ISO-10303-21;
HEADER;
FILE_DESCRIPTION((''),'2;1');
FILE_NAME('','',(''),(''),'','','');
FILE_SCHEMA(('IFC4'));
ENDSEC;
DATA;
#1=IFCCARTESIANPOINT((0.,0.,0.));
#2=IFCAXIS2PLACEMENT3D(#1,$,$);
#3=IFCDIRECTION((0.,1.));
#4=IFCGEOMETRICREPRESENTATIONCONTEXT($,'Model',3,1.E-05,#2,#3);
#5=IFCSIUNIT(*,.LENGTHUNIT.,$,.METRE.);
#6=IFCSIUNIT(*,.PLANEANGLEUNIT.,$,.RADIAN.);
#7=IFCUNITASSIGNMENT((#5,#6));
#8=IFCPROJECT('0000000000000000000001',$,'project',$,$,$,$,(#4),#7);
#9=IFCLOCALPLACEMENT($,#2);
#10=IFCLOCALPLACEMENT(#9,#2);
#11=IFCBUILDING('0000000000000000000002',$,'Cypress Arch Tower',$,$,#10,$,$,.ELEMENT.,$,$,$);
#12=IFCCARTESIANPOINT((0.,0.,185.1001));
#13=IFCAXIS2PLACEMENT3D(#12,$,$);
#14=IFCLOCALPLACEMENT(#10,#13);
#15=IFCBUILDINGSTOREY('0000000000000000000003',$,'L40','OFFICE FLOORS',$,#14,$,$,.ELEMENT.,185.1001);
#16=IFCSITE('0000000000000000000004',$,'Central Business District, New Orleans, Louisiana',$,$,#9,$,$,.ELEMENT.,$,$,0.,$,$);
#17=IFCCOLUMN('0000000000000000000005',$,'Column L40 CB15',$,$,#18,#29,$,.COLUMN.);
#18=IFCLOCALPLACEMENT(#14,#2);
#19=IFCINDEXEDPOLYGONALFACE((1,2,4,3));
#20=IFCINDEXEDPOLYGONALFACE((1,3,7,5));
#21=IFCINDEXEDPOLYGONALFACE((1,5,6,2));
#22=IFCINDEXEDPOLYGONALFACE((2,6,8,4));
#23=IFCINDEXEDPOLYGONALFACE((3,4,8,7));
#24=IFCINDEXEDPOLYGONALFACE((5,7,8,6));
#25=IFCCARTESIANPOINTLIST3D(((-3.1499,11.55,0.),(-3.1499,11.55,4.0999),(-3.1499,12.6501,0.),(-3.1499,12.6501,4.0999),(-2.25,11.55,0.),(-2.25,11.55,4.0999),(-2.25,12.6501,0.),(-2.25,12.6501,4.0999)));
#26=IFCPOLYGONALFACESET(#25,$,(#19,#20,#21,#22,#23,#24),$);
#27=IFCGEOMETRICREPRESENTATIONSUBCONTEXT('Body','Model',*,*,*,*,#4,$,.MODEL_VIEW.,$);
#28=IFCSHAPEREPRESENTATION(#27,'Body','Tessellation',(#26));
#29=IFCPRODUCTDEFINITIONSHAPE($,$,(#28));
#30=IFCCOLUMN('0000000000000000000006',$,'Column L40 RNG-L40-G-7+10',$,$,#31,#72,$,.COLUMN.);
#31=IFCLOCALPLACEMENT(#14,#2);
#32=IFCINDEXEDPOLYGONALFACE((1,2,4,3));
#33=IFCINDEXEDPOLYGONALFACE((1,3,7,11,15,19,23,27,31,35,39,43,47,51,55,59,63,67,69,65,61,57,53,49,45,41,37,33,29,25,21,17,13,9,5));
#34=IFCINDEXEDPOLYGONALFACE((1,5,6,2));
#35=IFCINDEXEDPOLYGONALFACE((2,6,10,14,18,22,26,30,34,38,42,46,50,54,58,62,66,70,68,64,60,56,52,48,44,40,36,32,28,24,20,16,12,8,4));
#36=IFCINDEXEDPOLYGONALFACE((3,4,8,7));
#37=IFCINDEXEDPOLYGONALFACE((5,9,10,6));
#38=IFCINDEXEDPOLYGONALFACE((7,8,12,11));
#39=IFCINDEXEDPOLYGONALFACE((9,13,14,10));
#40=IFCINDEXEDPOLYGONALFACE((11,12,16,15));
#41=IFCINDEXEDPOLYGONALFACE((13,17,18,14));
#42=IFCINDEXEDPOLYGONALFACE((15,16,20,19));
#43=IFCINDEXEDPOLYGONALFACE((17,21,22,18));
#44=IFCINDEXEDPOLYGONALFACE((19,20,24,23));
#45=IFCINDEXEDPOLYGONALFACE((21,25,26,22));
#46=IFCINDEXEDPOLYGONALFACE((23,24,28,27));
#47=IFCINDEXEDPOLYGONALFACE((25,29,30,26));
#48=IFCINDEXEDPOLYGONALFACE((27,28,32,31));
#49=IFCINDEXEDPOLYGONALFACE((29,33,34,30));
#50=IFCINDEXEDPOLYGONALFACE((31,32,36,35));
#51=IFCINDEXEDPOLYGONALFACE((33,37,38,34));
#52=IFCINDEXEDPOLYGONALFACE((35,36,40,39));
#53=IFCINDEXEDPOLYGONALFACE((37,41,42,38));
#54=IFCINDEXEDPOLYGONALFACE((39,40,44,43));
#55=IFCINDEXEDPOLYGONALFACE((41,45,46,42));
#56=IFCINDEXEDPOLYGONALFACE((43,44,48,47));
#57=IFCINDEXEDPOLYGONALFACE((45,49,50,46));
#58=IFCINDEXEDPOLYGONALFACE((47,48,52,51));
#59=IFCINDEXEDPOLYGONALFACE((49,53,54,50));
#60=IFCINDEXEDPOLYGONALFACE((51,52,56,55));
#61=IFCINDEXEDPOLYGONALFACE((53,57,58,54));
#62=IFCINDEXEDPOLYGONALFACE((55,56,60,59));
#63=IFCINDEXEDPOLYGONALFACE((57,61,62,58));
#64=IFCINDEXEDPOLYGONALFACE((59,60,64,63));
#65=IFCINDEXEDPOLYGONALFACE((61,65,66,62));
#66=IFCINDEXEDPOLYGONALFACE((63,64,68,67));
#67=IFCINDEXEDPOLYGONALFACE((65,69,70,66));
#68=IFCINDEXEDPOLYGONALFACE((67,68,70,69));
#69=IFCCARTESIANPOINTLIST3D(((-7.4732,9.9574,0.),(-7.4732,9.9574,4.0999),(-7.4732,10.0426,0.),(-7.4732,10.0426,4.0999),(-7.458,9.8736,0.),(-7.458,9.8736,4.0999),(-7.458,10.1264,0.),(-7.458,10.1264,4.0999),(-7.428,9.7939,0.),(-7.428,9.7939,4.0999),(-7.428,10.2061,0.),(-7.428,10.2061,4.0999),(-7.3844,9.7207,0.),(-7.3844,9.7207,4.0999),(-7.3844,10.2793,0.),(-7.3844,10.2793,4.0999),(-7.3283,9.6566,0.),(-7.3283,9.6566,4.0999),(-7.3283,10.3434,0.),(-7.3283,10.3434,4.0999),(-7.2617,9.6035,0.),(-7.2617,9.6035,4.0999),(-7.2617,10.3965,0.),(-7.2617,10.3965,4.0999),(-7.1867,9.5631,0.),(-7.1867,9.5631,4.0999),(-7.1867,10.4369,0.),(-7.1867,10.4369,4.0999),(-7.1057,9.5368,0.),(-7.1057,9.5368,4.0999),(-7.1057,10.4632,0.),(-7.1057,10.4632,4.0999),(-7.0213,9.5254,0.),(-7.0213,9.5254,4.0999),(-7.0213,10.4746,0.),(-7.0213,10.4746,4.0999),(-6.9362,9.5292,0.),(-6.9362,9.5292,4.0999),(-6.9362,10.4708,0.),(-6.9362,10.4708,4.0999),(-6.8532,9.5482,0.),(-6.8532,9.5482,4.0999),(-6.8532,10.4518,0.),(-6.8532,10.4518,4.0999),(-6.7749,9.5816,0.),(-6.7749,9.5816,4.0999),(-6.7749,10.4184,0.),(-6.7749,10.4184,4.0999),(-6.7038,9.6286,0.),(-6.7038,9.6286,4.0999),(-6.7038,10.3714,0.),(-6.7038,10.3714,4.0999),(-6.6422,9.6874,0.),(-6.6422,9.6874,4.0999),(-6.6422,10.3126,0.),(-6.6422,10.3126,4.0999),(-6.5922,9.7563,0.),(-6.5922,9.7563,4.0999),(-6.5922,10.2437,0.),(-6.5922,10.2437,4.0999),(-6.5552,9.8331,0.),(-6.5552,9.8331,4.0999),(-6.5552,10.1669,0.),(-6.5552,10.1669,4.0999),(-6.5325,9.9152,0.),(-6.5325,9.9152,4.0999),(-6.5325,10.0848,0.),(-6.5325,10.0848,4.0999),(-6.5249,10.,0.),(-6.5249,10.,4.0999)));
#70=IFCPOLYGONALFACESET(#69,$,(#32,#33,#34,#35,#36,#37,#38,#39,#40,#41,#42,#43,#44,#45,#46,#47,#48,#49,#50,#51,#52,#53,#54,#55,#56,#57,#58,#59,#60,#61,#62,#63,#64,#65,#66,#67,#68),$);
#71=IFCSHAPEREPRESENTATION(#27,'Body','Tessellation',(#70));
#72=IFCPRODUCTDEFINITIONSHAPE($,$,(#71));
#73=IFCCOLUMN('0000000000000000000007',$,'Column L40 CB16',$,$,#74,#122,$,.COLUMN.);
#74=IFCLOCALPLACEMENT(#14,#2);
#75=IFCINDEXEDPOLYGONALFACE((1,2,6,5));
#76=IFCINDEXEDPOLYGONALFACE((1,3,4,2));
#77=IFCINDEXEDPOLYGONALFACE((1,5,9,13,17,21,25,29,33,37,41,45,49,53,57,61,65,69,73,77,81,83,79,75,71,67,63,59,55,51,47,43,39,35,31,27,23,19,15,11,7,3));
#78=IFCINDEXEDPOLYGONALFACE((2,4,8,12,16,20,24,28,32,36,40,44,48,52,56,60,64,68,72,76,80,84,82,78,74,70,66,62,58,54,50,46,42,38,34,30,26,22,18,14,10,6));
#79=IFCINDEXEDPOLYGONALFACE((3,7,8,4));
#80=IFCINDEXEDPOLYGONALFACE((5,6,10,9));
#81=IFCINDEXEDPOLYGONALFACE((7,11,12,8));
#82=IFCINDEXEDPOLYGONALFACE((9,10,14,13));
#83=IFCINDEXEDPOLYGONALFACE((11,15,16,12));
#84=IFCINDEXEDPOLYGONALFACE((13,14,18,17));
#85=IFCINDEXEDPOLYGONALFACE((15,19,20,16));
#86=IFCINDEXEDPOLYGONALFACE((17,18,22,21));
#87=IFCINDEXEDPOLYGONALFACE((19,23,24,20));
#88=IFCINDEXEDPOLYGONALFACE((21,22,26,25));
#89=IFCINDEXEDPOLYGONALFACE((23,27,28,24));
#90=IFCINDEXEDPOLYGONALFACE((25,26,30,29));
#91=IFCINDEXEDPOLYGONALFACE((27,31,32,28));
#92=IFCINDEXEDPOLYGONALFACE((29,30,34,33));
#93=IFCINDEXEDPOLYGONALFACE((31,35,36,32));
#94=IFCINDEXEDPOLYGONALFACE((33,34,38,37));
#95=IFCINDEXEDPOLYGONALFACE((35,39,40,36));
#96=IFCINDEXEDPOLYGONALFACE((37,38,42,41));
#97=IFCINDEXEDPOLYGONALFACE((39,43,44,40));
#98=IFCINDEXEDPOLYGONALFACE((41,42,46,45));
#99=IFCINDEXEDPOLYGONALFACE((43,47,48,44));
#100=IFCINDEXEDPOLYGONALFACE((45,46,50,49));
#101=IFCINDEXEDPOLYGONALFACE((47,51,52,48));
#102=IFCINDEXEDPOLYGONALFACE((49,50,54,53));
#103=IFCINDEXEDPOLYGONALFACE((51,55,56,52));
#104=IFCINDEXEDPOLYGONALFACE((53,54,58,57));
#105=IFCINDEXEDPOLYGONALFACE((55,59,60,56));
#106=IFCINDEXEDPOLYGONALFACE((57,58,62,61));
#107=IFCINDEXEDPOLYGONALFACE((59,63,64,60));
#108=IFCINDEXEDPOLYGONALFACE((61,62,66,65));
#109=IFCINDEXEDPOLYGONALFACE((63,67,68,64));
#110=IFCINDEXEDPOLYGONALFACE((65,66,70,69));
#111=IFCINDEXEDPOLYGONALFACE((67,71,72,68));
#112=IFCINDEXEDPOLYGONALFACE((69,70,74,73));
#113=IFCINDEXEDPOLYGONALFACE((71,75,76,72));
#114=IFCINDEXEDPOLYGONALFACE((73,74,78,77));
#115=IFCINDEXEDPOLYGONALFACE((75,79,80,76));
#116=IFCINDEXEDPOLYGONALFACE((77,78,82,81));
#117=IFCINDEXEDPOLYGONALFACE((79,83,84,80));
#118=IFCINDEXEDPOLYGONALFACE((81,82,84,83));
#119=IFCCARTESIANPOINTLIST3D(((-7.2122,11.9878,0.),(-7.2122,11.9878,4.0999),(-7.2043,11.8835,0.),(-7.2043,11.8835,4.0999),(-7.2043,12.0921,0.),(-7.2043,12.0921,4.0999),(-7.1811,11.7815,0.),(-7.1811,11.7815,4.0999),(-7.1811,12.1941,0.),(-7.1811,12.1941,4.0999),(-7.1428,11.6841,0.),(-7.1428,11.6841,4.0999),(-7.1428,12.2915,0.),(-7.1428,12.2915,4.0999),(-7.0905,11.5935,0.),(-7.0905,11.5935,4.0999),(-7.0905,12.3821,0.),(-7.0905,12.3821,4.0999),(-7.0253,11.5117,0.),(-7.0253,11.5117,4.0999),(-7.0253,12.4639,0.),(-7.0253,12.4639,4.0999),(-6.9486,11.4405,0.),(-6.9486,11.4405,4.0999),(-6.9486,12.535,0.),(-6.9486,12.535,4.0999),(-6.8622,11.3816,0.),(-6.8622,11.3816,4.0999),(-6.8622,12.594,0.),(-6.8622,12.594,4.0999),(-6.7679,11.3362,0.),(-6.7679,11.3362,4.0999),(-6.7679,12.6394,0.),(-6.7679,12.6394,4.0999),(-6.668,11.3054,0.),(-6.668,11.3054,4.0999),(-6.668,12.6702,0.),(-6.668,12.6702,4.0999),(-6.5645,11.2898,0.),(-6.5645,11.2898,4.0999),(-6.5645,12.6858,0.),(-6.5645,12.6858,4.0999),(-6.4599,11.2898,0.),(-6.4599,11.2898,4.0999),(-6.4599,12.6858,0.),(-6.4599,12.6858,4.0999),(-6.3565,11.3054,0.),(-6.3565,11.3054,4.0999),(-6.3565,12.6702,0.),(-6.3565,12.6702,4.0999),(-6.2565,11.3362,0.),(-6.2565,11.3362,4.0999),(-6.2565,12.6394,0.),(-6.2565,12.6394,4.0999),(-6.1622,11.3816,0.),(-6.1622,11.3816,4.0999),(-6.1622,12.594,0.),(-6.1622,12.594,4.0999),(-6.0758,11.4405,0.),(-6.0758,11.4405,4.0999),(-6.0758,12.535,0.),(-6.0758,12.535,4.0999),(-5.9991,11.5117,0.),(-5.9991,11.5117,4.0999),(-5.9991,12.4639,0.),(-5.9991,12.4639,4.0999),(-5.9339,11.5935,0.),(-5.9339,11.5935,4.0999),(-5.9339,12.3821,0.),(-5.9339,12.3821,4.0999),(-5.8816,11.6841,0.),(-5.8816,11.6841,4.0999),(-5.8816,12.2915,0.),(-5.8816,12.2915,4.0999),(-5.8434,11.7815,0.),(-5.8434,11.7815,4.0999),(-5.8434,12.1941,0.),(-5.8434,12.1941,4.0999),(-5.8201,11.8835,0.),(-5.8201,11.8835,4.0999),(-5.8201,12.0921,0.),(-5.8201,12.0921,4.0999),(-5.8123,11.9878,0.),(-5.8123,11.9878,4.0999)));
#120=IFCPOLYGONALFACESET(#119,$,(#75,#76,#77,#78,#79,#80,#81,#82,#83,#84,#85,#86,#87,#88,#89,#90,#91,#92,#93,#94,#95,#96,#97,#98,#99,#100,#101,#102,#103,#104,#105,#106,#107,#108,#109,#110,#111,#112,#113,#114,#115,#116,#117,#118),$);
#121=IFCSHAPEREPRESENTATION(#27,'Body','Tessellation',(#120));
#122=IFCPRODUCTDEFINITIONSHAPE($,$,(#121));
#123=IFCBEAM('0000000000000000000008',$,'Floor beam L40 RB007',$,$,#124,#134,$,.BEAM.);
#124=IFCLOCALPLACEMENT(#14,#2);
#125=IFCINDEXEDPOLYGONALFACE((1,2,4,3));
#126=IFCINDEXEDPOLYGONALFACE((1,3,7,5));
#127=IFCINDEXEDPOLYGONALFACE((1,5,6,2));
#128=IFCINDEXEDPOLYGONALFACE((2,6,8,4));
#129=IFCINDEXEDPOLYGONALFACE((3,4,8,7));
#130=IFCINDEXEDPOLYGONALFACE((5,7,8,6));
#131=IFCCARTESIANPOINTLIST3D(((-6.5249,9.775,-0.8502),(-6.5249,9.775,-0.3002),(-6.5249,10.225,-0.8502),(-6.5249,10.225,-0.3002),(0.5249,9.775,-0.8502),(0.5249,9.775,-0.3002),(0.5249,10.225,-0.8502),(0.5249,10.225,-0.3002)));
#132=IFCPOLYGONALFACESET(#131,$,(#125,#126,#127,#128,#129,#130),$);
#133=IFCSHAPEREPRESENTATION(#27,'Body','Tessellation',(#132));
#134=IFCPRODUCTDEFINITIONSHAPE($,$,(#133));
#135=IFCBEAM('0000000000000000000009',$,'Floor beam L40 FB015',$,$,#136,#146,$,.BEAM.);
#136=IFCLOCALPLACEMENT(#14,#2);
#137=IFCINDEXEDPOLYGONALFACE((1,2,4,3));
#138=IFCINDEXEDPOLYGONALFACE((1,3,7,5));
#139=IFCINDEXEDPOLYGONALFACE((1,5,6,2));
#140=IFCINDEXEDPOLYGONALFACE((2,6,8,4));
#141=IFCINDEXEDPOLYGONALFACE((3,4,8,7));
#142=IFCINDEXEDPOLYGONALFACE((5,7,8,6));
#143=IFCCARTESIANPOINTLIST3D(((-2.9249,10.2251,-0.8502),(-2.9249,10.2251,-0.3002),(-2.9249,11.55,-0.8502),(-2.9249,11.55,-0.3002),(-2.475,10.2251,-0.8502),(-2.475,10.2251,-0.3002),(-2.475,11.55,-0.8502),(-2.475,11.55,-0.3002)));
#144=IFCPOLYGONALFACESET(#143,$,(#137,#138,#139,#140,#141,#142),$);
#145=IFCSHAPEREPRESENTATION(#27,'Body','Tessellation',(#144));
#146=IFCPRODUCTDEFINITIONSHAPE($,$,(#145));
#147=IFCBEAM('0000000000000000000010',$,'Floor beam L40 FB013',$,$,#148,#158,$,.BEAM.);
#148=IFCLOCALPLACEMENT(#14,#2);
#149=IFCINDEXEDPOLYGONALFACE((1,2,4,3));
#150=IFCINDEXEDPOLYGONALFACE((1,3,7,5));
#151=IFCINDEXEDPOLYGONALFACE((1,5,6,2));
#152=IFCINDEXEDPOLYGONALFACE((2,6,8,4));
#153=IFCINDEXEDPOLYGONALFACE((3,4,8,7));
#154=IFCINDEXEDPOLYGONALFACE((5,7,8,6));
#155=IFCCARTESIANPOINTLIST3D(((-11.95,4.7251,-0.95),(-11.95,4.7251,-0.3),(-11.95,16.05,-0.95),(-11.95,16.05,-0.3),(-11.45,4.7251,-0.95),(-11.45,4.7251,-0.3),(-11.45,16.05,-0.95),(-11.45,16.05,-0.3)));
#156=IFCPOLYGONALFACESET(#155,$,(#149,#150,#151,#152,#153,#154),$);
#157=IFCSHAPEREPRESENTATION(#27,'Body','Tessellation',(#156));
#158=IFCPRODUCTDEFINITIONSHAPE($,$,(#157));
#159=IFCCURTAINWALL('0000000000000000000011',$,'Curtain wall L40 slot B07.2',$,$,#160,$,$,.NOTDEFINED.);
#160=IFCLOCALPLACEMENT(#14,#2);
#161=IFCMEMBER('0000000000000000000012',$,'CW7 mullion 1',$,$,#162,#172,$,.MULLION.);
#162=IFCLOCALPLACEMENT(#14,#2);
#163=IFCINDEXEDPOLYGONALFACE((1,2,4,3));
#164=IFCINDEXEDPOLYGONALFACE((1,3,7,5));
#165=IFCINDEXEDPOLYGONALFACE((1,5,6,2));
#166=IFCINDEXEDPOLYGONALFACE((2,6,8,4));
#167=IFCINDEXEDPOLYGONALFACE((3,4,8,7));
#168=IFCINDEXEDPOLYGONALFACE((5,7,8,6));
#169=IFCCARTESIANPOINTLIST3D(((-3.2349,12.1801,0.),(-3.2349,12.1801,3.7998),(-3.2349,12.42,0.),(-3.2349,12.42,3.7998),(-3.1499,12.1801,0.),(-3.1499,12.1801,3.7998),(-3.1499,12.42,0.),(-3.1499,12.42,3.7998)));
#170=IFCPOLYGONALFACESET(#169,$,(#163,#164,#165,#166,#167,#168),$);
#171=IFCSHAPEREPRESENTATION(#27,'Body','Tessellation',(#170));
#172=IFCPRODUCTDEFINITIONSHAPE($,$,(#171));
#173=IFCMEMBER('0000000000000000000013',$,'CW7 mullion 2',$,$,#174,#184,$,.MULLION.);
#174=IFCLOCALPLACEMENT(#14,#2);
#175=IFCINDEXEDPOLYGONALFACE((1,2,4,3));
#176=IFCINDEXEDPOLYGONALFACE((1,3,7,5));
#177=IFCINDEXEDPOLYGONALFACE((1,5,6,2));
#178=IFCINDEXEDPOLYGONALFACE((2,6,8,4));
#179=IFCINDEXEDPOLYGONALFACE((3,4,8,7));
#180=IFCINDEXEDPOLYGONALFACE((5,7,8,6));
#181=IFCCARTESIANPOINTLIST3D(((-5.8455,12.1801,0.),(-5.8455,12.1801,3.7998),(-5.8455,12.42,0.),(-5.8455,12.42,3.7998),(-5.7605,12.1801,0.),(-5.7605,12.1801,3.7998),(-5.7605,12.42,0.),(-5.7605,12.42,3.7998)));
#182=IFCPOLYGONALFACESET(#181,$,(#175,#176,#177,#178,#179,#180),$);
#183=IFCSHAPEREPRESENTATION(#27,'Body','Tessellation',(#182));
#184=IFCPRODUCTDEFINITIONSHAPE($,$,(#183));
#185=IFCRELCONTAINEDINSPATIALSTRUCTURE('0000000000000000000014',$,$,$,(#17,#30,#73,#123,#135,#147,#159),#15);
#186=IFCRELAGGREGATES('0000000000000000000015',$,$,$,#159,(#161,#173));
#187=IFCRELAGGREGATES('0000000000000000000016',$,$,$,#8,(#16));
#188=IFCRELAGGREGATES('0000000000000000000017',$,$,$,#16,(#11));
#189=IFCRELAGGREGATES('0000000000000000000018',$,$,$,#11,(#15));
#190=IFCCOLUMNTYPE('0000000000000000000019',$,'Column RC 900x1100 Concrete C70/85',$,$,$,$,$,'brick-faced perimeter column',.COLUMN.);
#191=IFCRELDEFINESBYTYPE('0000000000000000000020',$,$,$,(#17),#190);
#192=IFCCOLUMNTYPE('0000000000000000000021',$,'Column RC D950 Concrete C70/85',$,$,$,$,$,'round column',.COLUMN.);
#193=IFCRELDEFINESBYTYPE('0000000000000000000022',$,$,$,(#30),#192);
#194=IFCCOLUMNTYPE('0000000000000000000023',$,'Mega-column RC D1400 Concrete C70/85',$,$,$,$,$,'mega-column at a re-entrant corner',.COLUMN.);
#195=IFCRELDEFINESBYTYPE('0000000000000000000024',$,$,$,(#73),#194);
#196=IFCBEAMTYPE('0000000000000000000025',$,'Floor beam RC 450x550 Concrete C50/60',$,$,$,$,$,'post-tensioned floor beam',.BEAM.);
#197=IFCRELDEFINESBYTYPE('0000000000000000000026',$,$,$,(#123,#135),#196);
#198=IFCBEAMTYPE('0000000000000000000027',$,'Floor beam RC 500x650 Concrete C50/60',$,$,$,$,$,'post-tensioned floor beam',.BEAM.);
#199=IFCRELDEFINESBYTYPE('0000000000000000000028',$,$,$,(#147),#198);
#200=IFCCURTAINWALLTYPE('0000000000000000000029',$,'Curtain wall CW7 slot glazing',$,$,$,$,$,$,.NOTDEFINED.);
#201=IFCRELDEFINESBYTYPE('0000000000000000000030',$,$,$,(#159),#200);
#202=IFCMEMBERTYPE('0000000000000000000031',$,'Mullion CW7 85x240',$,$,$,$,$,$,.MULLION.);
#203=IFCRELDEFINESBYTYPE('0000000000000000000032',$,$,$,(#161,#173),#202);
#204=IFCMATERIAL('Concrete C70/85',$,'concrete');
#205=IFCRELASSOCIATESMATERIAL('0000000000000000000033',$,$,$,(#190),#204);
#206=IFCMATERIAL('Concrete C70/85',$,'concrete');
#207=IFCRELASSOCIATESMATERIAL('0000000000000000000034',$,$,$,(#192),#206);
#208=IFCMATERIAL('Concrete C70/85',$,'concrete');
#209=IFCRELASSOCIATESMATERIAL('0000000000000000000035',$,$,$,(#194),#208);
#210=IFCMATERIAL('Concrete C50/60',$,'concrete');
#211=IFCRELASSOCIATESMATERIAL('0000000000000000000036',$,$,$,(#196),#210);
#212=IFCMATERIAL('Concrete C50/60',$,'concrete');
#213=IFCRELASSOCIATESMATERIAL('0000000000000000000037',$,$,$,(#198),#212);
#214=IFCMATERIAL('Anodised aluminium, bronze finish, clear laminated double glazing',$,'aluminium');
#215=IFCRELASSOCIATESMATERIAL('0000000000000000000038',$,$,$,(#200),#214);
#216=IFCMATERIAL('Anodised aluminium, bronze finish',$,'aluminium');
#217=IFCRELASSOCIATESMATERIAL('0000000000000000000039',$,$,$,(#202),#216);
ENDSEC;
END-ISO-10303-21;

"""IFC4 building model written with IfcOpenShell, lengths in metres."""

from ifc_helpers import new_model, si_unit, direction, frame, origin, origin_2d, place, context, subcontext, project, spatial, rectangle, circle, extrude, material, material_profile, profile_set, type_object, element, aggregate, save


model = new_model("IFC4")

# Units and contexts
model_context = context("Model", 3, precision=1e-05, world=origin(), true_north=direction((0.0, 1.0)))
body_context = subcontext(model_context, "Body", "Model", "MODEL_VIEW")
ifc_project = project(units=[si_unit("LENGTHUNIT", "METRE"), si_unit("PLANEANGLEUNIT", "RADIAN")], contexts=[model_context])

# Site, building, storey
site_placement = place(None, origin())
site = spatial("IfcSite", under=ifc_project, at=site_placement, Name="Central Business District, New Orleans, Louisiana", CompositionType="ELEMENT", RefElevation=0.0)
building_placement = place(site_placement, origin())
building = spatial("IfcBuilding", under=site, at=building_placement, Name="Cypress Arch Tower", CompositionType="ELEMENT")
storey_placement = place(building_placement, frame((0.0, 0.0, 185.1001)))
storey = spatial("IfcBuildingStorey", under=building, at=storey_placement, Name="L40", Description="OFFICE FLOORS", CompositionType="ELEMENT", Elevation=185.1001)

# Columns
ifc_material_1 = material(Name="Concrete C70/85", Category="concrete")
ifc_material_profile_1 = material_profile(ifc_material_1, rectangle(XDim=0.8999, YDim=1.1001, at=origin_2d()), Name="RC 900x1100")
ifc_profile_set_1 = profile_set([ifc_material_profile_1], Name="Concrete C70/85")
column_type_1 = type_object("IfcColumnType", Name="Column RC 900x1100 Concrete C70/85", ElementType="brick-faced perimeter column", PredefinedType="COLUMN", material=ifc_profile_set_1)
column_1_placement = place(storey_placement, frame((-2.7, 12.1001, 0.0), z_axis=(0.0, 0.0, 1.0), x_axis=(-1.0, 0.0, 0.0)))
element("IfcColumn", 1, at=column_1_placement, inside=storey, type_object=column_type_1, Name="Column L40 CB15", PredefinedType="COLUMN", context=body_context, shape_type="SweptSolid", body=[
    extrude(rectangle(XDim=0.8999, YDim=1.1001, at=origin_2d()), origin(), (0.0, 0.0, 1.0), 4.0999),
])
ifc_material_2 = material(Name="Concrete C70/85", Category="concrete")
ifc_material_profile_2 = material_profile(ifc_material_2, circle(Radius=0.4751, at=origin_2d()), Name="RC D950")
ifc_profile_set_2 = profile_set([ifc_material_profile_2], Name="Concrete C70/85")
column_type_2 = type_object("IfcColumnType", Name="Column RC D950 Concrete C70/85", ElementType="round column", PredefinedType="COLUMN", material=ifc_profile_set_2)
column_2_placement = place(storey_placement, frame((-7.0, 10.0, 0.0), z_axis=(0.0, 0.0, 1.0), x_axis=(1.0, 0.0, 0.0)))
element("IfcColumn", 2, at=column_2_placement, inside=storey, type_object=column_type_2, Name="Column L40 RNG-L40-G-7+10", PredefinedType="COLUMN", context=body_context, shape_type="SweptSolid", body=[
    extrude(circle(Radius=0.4751, at=origin_2d()), origin(), (0.0, 0.0, 1.0), 4.0999),
])
ifc_material_3 = material(Name="Concrete C70/85", Category="concrete")
ifc_material_profile_3 = material_profile(ifc_material_3, circle(Radius=0.7, at=origin_2d()), Name="RC D1400")
ifc_profile_set_3 = profile_set([ifc_material_profile_3], Name="Concrete C70/85")
column_type_3 = type_object("IfcColumnType", Name="Mega-column RC D1400 Concrete C70/85", ElementType="mega-column at a re-entrant corner", PredefinedType="COLUMN", material=ifc_profile_set_3)
column_3_placement = place(storey_placement, frame((-6.5122, 11.9878, 0.0), z_axis=(0.0, 0.0, 1.0), x_axis=(1.0, 0.0, 0.0)))
element("IfcColumn", 3, at=column_3_placement, inside=storey, type_object=column_type_3, Name="Column L40 CB16", PredefinedType="COLUMN", context=body_context, shape_type="SweptSolid", body=[
    extrude(circle(Radius=0.7, at=origin_2d()), origin(), (0.0, 0.0, 1.0), 4.0999),
])

# Beams
ifc_material_4 = material(Name="Concrete C50/60", Category="concrete")
ifc_material_profile_4 = material_profile(ifc_material_4, rectangle(XDim=0.45, YDim=0.55, at=origin_2d()), Name="RC 450x550")
ifc_profile_set_4 = profile_set([ifc_material_profile_4], Name="Concrete C50/60")
beam_type_1 = type_object("IfcBeamType", Name="Floor beam RC 450x550 Concrete C50/60", ElementType="post-tensioned floor beam", PredefinedType="BEAM", material=ifc_profile_set_4)
beam_1_placement = place(storey_placement, frame((-6.5249, 10.0, -0.5752), z_axis=(1.0, 0.0, 0.0), x_axis=(0.0, 1.0, 0.0)))
element("IfcBeam", 4, at=beam_1_placement, inside=storey, type_object=beam_type_1, Name="Floor beam L40 RB007", PredefinedType="BEAM", context=body_context, shape_type="SweptSolid", body=[
    extrude(rectangle(XDim=0.45, YDim=0.55, at=origin_2d()), origin(), (0.0, 0.0, 1.0), 7.0498),
])
beam_2_placement = place(storey_placement, frame((-2.7, 10.2251, -0.5752), z_axis=(0.0, 1.0, 0.0), x_axis=(-1.0, 0.0, 0.0)))
element("IfcBeam", 5, at=beam_2_placement, inside=storey, type_object=beam_type_1, Name="Floor beam L40 FB015", PredefinedType="BEAM", context=body_context, shape_type="SweptSolid", body=[
    extrude(rectangle(XDim=0.45, YDim=0.55, at=origin_2d()), origin(), (0.0, 0.0, 1.0), 1.325),
])
ifc_material_5 = material(Name="Concrete C50/60", Category="concrete")
ifc_material_profile_5 = material_profile(ifc_material_5, rectangle(XDim=0.5, YDim=0.6499, at=origin_2d()), Name="RC 500x650")
ifc_profile_set_5 = profile_set([ifc_material_profile_5], Name="Concrete C50/60")
beam_type_2 = type_object("IfcBeamType", Name="Floor beam RC 500x650 Concrete C50/60", ElementType="post-tensioned floor beam", PredefinedType="BEAM", material=ifc_profile_set_5)
beam_3_placement = place(storey_placement, frame((-11.7, 4.7251, -0.625), z_axis=(0.0, 1.0, 0.0), x_axis=(-1.0, 0.0, 0.0)))
element("IfcBeam", 6, at=beam_3_placement, inside=storey, type_object=beam_type_2, Name="Floor beam L40 FB013", PredefinedType="BEAM", context=body_context, shape_type="SweptSolid", body=[
    extrude(rectangle(XDim=0.5, YDim=0.6499, at=origin_2d()), origin(), (0.0, 0.0, 1.0), 11.325),
])

# Curtain wall, members
ifc_material_6 = material(Name="Anodised aluminium, bronze finish, clear laminated double glazing", Category="aluminium")
curtain_wall_type = type_object("IfcCurtainWallType", Name="Curtain wall CW7 slot glazing", PredefinedType="NOTDEFINED", material=ifc_material_6)
curtain_wall_placement = place(storey_placement, origin())
curtain_wall = element("IfcCurtainWall", 7, at=curtain_wall_placement, inside=storey, type_object=curtain_wall_type, Name="Curtain wall L40 slot B07.2", PredefinedType="NOTDEFINED")
ifc_material_7 = material(Name="Anodised aluminium, bronze finish", Category="aluminium")
ifc_material_profile_6 = material_profile(ifc_material_7, rectangle(XDim=0.24, YDim=0.085, at=origin_2d()), Name="Mullion 85x240")
ifc_profile_set_6 = profile_set([ifc_material_profile_6], Name="Anodised aluminium, bronze finish")
member_type_1 = type_object("IfcMemberType", Name="Mullion CW7 85x240", PredefinedType="MULLION", material=ifc_profile_set_6)
member_1_placement = place(storey_placement, frame((-3.1924, 12.3, 0.0), z_axis=(0.0, 0.0, 1.0), x_axis=(0.0, -1.0, 0.0)))
member_1 = element("IfcMember", 8, at=member_1_placement, type_object=member_type_1, Name="CW7 mullion 1", PredefinedType="MULLION", context=body_context, shape_type="SweptSolid", body=[
    extrude(rectangle(XDim=0.24, YDim=0.085, at=origin_2d()), origin(), (0.0, 0.0, 1.0), 3.7998),
])
member_2_placement = place(storey_placement, frame((-5.803, 12.3, 0.0), z_axis=(0.0, 0.0, 1.0), x_axis=(0.0, -1.0, 0.0)))
member_2 = element("IfcMember", 9, at=member_2_placement, type_object=member_type_1, Name="CW7 mullion 2", PredefinedType="MULLION", context=body_context, shape_type="SweptSolid", body=[
    extrude(rectangle(XDim=0.24, YDim=0.085, at=origin_2d()), origin(), (0.0, 0.0, 1.0), 3.7998),
])

aggregate(curtain_wall, [member_1, member_2])

save(model, "model.ifc")
